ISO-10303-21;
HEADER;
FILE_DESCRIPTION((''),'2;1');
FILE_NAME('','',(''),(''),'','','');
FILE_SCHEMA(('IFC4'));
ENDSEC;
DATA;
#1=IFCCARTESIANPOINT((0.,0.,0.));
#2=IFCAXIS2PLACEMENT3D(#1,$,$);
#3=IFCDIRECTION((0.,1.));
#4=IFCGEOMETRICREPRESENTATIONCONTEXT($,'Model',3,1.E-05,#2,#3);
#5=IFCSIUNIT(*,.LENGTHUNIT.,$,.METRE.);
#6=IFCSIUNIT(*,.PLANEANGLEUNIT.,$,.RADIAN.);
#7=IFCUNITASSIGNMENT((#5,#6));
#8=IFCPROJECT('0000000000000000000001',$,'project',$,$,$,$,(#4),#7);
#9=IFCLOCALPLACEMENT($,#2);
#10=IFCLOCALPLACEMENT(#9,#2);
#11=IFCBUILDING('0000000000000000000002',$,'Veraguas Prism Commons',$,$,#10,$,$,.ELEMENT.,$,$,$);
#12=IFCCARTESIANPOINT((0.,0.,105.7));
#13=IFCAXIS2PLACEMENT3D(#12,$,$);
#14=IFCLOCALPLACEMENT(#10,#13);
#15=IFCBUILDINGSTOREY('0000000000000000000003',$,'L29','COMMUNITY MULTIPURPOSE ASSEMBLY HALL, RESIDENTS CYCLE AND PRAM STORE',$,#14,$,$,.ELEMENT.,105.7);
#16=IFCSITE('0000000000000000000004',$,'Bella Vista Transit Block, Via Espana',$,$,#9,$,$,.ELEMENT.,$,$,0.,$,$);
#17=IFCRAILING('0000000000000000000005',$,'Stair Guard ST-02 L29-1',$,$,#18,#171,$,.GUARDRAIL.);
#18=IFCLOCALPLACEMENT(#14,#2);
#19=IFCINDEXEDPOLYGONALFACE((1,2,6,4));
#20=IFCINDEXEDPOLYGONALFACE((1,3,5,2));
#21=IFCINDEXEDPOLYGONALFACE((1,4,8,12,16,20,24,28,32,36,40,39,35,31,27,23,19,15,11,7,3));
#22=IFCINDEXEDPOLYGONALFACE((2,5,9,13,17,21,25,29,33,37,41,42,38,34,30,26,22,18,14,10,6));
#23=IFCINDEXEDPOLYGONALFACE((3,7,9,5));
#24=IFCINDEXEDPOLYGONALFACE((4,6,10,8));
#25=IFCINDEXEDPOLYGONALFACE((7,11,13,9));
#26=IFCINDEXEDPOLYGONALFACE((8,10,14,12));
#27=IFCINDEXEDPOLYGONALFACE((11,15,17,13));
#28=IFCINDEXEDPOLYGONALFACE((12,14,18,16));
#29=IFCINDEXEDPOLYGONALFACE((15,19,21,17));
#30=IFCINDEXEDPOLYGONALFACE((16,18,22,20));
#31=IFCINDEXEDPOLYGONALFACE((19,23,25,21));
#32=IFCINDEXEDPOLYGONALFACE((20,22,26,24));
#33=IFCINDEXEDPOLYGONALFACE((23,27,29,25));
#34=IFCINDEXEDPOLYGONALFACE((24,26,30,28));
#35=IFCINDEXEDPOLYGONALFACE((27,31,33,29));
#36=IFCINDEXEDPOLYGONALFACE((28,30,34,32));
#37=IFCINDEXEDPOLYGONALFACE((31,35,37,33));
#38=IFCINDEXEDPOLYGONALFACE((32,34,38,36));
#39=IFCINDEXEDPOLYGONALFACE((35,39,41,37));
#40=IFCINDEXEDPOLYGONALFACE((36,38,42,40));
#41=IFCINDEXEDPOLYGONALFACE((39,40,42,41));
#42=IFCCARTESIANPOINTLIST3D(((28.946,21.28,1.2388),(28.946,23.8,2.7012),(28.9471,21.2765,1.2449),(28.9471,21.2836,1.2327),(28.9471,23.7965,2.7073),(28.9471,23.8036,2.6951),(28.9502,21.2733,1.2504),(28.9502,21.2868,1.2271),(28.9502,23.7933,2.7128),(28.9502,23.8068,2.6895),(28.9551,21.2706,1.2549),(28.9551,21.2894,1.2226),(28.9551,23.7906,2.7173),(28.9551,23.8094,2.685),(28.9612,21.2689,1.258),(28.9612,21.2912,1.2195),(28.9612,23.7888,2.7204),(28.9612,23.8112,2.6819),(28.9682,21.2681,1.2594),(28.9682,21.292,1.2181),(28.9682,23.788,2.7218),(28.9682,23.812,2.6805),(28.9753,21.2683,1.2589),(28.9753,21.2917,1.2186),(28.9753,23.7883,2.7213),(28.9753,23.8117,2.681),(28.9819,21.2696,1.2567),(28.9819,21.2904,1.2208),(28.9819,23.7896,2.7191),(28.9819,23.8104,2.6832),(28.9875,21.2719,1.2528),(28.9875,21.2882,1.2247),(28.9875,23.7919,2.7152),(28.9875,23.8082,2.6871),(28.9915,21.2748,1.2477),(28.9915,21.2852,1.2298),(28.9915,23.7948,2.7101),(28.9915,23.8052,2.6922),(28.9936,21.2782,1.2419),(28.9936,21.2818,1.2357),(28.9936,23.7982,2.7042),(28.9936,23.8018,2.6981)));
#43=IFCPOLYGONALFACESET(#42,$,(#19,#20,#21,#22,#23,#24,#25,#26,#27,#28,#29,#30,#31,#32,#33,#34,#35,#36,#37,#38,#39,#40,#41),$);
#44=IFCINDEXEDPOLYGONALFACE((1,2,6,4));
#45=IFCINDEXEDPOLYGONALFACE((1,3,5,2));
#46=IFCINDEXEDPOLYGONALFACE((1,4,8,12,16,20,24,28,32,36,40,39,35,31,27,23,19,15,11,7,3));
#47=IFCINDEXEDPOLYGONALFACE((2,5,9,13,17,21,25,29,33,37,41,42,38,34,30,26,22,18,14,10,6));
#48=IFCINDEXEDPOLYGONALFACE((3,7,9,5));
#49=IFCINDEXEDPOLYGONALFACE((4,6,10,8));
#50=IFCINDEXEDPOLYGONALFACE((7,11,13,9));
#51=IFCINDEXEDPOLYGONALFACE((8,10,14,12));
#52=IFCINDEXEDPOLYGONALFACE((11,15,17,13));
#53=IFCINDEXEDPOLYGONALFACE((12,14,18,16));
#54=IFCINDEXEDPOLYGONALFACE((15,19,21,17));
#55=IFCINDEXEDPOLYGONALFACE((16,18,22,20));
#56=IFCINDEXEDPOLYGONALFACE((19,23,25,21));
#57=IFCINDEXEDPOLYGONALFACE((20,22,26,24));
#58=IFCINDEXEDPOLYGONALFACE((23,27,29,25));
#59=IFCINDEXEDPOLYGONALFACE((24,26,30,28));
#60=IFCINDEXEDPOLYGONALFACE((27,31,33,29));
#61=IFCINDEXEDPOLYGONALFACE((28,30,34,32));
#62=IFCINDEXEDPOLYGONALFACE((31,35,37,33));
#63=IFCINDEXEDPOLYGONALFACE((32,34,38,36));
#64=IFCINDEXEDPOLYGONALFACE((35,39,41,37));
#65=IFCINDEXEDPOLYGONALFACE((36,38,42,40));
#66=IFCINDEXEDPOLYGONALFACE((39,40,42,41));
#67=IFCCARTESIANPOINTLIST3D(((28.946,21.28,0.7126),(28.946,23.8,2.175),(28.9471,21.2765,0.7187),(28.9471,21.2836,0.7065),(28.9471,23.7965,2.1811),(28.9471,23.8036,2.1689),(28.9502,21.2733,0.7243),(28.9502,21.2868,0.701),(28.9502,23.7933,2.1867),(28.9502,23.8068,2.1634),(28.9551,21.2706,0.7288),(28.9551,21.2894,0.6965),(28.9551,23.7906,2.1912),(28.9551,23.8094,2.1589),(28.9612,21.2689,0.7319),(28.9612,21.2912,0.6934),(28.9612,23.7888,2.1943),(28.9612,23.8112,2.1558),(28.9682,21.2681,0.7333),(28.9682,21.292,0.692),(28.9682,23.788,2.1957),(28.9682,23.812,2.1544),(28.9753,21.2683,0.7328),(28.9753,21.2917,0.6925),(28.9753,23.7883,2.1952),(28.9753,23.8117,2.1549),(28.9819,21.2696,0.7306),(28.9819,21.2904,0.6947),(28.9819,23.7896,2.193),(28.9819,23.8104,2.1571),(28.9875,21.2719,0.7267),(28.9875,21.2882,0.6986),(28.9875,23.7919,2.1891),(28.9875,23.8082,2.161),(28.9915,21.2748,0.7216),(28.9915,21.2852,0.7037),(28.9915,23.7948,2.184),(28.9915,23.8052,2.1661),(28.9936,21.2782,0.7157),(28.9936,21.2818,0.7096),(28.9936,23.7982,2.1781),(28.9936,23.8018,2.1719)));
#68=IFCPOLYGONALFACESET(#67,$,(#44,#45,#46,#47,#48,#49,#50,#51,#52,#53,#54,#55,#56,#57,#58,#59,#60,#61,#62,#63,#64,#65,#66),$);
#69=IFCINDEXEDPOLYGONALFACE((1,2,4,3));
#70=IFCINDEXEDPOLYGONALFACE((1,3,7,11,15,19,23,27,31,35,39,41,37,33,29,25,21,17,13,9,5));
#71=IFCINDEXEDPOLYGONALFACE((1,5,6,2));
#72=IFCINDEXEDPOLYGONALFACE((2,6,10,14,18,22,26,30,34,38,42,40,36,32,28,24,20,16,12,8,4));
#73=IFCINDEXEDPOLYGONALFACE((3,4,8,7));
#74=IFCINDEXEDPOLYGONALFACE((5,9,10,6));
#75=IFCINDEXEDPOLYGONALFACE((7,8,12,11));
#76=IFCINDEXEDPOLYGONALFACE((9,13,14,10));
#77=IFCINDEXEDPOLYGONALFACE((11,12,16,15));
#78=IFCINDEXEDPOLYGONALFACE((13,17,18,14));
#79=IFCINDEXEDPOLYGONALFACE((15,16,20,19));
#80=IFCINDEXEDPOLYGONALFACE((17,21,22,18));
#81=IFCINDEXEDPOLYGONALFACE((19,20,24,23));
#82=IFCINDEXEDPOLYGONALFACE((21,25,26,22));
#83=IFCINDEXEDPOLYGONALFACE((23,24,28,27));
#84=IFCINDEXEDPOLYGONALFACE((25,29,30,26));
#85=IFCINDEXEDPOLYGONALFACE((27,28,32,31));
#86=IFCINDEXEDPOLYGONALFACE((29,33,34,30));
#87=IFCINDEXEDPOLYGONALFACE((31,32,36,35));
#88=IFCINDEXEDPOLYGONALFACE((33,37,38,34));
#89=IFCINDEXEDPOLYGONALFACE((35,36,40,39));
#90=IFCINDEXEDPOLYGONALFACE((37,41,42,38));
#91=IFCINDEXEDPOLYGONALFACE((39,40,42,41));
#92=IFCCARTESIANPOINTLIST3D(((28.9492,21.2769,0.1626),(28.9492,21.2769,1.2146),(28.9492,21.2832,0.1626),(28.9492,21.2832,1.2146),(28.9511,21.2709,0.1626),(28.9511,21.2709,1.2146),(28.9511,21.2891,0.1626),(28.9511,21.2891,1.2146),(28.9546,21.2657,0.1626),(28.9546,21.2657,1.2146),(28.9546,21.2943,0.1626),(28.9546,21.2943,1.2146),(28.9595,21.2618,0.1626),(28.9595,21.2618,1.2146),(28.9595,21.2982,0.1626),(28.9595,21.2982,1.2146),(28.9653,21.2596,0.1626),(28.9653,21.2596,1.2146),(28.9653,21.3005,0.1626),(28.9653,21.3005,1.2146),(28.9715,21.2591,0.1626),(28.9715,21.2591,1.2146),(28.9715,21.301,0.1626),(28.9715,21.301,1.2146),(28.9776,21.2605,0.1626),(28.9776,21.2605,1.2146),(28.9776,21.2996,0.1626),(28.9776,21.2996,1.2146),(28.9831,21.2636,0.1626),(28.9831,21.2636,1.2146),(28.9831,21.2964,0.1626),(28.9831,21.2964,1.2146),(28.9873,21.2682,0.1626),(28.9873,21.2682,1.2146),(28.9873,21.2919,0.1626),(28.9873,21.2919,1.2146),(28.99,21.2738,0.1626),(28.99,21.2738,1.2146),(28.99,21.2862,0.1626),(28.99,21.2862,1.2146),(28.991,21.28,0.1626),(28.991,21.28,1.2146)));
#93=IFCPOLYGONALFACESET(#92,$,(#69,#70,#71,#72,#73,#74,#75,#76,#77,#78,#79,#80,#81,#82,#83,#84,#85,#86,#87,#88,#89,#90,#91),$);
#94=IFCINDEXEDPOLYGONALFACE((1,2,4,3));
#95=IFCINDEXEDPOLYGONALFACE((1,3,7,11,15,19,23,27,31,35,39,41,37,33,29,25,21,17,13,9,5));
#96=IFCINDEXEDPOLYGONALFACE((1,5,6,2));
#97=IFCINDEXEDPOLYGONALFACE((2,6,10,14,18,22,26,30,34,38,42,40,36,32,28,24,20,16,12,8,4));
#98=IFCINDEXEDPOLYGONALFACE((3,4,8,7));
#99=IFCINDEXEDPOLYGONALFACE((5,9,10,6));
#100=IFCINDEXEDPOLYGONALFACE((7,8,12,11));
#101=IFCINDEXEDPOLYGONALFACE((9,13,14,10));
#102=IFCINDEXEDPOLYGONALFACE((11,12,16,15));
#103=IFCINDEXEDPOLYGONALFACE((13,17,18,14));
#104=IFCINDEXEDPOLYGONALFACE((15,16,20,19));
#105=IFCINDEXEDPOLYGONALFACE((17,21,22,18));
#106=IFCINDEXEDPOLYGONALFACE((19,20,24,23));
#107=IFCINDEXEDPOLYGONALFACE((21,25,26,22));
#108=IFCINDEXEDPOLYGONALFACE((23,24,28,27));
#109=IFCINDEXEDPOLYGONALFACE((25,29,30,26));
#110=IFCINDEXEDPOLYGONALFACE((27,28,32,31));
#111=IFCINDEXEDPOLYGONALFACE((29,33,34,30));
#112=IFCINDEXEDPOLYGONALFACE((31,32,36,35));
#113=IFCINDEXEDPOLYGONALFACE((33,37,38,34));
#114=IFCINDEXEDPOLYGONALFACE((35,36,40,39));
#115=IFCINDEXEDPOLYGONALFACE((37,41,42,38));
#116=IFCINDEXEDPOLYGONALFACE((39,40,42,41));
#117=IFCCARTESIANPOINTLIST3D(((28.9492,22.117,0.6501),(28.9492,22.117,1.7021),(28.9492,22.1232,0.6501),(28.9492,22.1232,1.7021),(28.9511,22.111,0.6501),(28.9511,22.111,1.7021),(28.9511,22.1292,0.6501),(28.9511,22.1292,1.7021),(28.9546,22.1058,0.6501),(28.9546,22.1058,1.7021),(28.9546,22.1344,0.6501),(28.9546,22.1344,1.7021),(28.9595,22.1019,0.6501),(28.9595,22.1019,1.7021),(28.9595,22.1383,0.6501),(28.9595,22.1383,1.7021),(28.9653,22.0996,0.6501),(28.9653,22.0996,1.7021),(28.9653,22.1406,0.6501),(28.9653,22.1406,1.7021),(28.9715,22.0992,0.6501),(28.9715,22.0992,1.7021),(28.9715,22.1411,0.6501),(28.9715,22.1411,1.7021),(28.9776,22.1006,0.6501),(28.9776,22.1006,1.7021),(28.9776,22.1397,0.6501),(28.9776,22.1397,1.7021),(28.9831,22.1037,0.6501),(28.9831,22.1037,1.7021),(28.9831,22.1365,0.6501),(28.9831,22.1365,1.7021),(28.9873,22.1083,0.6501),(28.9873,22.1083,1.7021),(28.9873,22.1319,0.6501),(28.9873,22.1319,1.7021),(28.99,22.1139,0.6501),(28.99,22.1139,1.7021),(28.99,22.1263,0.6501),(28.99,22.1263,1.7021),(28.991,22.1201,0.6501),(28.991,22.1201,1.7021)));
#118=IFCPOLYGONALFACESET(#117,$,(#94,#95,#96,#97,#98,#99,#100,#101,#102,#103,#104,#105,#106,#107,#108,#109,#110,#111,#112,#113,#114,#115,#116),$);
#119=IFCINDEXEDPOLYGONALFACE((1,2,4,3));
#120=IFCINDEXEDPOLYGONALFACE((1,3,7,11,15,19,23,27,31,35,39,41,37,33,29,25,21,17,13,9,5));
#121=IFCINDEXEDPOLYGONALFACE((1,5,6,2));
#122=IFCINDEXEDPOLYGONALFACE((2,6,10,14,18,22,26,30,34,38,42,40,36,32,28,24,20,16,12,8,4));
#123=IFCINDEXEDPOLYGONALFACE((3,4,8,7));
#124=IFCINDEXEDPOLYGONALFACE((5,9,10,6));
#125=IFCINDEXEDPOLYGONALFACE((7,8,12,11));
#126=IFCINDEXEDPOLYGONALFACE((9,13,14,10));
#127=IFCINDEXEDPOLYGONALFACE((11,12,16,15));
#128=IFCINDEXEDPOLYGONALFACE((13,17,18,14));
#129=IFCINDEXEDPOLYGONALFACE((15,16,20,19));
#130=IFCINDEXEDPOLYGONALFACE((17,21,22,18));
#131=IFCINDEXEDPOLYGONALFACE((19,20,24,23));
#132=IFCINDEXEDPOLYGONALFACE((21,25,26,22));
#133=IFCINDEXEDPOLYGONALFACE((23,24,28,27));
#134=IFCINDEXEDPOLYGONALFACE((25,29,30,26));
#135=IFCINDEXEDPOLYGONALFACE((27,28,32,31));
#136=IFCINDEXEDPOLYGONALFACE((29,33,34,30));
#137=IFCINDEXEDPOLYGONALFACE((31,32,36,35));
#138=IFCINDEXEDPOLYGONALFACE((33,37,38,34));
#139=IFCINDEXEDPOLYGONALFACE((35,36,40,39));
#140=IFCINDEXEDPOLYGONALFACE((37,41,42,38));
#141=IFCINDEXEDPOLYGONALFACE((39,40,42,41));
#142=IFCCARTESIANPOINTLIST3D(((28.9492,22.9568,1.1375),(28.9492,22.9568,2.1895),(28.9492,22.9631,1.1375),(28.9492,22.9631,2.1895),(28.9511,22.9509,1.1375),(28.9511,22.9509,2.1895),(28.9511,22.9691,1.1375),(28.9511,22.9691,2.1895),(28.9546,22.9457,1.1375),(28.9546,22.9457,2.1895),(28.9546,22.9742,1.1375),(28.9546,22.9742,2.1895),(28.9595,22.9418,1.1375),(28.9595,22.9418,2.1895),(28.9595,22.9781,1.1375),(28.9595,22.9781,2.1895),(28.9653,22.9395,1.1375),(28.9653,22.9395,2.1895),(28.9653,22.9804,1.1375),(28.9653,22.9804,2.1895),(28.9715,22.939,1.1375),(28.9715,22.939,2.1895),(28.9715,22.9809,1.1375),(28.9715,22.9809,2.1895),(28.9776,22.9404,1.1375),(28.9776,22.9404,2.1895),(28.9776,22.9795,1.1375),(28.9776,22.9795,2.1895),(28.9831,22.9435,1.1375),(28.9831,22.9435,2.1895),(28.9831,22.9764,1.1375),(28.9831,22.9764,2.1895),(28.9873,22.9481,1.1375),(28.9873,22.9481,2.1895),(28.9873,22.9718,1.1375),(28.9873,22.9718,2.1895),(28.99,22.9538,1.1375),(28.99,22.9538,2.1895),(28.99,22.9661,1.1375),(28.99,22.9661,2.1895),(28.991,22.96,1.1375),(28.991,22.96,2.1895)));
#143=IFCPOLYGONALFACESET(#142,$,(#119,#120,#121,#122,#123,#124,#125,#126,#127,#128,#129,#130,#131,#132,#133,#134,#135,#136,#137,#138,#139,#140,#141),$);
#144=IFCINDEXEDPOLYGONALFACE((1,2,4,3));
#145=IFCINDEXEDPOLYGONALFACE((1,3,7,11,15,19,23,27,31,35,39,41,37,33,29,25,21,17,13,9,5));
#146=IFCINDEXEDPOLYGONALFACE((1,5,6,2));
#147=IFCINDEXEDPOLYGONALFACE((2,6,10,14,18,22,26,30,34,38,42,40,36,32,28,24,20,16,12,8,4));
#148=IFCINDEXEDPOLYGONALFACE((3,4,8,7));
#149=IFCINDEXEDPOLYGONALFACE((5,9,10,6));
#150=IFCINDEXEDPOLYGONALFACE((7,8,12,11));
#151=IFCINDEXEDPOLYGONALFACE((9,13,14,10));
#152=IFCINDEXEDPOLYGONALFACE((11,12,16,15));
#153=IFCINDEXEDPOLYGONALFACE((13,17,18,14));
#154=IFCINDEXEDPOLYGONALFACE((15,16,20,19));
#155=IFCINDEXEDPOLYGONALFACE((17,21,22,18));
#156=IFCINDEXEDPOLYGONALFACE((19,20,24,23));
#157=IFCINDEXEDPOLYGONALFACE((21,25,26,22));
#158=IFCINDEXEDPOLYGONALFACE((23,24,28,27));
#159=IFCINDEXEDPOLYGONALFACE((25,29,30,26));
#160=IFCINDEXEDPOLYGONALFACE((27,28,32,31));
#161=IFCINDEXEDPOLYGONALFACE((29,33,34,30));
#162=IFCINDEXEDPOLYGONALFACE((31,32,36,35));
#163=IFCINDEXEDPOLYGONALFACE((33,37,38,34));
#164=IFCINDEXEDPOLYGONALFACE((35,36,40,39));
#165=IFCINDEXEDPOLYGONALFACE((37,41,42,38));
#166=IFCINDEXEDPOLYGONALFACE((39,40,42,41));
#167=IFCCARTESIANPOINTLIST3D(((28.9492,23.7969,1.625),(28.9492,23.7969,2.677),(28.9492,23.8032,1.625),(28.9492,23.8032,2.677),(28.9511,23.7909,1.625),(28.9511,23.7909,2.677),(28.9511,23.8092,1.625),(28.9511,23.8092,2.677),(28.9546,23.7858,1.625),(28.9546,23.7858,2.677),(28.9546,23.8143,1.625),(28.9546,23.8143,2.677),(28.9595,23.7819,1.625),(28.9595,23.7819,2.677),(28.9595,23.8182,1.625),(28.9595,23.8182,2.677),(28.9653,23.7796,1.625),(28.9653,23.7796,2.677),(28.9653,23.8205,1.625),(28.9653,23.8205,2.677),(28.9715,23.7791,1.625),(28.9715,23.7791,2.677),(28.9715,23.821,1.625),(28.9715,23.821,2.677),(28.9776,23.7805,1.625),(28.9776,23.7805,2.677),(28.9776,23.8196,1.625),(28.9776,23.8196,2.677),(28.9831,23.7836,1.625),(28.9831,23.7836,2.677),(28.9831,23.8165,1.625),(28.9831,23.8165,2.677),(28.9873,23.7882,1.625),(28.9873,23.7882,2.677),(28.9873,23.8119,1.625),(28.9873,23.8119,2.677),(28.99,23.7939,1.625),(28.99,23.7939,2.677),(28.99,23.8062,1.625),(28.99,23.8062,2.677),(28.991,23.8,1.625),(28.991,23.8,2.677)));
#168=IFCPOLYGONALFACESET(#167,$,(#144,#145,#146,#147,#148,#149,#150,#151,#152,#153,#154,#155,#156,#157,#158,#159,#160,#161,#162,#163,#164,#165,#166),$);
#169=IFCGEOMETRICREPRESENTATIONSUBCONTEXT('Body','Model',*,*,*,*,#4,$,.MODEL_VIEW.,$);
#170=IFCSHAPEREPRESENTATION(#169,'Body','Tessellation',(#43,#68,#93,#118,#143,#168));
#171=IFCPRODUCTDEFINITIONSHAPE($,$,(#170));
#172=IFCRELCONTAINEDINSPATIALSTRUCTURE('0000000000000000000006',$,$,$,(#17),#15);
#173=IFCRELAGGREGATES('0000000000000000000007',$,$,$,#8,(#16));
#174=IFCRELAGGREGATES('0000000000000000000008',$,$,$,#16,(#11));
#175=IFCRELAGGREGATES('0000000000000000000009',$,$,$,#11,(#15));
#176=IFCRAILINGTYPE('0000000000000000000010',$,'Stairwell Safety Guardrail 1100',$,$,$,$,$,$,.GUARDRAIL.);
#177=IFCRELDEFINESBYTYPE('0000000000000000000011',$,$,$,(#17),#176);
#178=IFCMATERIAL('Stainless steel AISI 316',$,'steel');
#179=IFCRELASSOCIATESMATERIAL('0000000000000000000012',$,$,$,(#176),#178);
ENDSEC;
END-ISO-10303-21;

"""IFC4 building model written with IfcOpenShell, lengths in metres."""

from ifc_helpers import new_model, si_unit, direction, frame, origin, origin_2d, place, context, subcontext, project, spatial, circle, extrude, material, type_object, element, save


model = new_model("IFC4")

# Units and contexts
model_context = context("Model", 3, precision=1e-05, world=origin(), true_north=direction((0.0, 1.0)))
body_context = subcontext(model_context, "Body", "Model", "MODEL_VIEW")
ifc_project = project(units=[si_unit("LENGTHUNIT", "METRE"), si_unit("PLANEANGLEUNIT", "RADIAN")], contexts=[model_context])

# Site, building, storey
site_placement = place(None, origin())
site = spatial("IfcSite", under=ifc_project, at=site_placement, Name="Bella Vista Transit Block, Via Espana", CompositionType="ELEMENT", RefElevation=0.0)
building_placement = place(site_placement, origin())
building = spatial("IfcBuilding", under=site, at=building_placement, Name="Veraguas Prism Commons", CompositionType="ELEMENT")
storey_placement = place(building_placement, frame((0.0, 0.0, 105.7)))
storey = spatial("IfcBuildingStorey", under=building, at=storey_placement, Name="L29", Description="COMMUNITY MULTIPURPOSE ASSEMBLY HALL, RESIDENTS CYCLE AND PRAM STORE", CompositionType="ELEMENT", Elevation=105.7)

# Shared definitions
ifc_material_1 = material(Name="Stainless steel AISI 316", Category="steel")

# Railing
railing_type_1 = type_object("IfcRailingType", Name="Stairwell Safety Guardrail 1100", PredefinedType="GUARDRAIL", material=ifc_material_1)
railing_1_placement = place(storey_placement, frame((28.97, 21.28, 0.1626)))
element("IfcRailing", 1, at=railing_1_placement, inside=storey, type_object=railing_type_1, Name="Stair Guard ST-02 L29-1", PredefinedType="GUARDRAIL", context=body_context, shape_type="SweptSolid", body=[
    extrude(circle(Radius=0.0239, at=origin_2d()), frame((0.0, 0.0, 1.0762), z_axis=(0.0, 0.864913, 0.501921), x_axis=(-1.0, 0.0, 0.0)), (0.0, 0.0, 1.0), 2.9136),
    extrude(circle(Radius=0.0239, at=origin_2d()), frame((0.0, 0.0, 0.55), z_axis=(0.0, 0.864913, 0.501921), x_axis=(-1.0, 0.0, 0.0)), (0.0, 0.0, 1.0), 2.9136),
    extrude(circle(Radius=0.021, at=origin_2d()), origin(), (0.0, 0.0, 1.0), 1.052),
    extrude(circle(Radius=0.021, at=origin_2d()), frame((0.0, 0.8401, 0.4875)), (0.0, 0.0, 1.0), 1.052),
    extrude(circle(Radius=0.021, at=origin_2d()), frame((0.0, 1.6799, 0.9749)), (0.0, 0.0, 1.0), 1.052),
    extrude(circle(Radius=0.021, at=origin_2d()), frame((0.0, 2.52, 1.4624)), (0.0, 0.0, 1.0), 1.052),
])

save(model, "model.ifc")
